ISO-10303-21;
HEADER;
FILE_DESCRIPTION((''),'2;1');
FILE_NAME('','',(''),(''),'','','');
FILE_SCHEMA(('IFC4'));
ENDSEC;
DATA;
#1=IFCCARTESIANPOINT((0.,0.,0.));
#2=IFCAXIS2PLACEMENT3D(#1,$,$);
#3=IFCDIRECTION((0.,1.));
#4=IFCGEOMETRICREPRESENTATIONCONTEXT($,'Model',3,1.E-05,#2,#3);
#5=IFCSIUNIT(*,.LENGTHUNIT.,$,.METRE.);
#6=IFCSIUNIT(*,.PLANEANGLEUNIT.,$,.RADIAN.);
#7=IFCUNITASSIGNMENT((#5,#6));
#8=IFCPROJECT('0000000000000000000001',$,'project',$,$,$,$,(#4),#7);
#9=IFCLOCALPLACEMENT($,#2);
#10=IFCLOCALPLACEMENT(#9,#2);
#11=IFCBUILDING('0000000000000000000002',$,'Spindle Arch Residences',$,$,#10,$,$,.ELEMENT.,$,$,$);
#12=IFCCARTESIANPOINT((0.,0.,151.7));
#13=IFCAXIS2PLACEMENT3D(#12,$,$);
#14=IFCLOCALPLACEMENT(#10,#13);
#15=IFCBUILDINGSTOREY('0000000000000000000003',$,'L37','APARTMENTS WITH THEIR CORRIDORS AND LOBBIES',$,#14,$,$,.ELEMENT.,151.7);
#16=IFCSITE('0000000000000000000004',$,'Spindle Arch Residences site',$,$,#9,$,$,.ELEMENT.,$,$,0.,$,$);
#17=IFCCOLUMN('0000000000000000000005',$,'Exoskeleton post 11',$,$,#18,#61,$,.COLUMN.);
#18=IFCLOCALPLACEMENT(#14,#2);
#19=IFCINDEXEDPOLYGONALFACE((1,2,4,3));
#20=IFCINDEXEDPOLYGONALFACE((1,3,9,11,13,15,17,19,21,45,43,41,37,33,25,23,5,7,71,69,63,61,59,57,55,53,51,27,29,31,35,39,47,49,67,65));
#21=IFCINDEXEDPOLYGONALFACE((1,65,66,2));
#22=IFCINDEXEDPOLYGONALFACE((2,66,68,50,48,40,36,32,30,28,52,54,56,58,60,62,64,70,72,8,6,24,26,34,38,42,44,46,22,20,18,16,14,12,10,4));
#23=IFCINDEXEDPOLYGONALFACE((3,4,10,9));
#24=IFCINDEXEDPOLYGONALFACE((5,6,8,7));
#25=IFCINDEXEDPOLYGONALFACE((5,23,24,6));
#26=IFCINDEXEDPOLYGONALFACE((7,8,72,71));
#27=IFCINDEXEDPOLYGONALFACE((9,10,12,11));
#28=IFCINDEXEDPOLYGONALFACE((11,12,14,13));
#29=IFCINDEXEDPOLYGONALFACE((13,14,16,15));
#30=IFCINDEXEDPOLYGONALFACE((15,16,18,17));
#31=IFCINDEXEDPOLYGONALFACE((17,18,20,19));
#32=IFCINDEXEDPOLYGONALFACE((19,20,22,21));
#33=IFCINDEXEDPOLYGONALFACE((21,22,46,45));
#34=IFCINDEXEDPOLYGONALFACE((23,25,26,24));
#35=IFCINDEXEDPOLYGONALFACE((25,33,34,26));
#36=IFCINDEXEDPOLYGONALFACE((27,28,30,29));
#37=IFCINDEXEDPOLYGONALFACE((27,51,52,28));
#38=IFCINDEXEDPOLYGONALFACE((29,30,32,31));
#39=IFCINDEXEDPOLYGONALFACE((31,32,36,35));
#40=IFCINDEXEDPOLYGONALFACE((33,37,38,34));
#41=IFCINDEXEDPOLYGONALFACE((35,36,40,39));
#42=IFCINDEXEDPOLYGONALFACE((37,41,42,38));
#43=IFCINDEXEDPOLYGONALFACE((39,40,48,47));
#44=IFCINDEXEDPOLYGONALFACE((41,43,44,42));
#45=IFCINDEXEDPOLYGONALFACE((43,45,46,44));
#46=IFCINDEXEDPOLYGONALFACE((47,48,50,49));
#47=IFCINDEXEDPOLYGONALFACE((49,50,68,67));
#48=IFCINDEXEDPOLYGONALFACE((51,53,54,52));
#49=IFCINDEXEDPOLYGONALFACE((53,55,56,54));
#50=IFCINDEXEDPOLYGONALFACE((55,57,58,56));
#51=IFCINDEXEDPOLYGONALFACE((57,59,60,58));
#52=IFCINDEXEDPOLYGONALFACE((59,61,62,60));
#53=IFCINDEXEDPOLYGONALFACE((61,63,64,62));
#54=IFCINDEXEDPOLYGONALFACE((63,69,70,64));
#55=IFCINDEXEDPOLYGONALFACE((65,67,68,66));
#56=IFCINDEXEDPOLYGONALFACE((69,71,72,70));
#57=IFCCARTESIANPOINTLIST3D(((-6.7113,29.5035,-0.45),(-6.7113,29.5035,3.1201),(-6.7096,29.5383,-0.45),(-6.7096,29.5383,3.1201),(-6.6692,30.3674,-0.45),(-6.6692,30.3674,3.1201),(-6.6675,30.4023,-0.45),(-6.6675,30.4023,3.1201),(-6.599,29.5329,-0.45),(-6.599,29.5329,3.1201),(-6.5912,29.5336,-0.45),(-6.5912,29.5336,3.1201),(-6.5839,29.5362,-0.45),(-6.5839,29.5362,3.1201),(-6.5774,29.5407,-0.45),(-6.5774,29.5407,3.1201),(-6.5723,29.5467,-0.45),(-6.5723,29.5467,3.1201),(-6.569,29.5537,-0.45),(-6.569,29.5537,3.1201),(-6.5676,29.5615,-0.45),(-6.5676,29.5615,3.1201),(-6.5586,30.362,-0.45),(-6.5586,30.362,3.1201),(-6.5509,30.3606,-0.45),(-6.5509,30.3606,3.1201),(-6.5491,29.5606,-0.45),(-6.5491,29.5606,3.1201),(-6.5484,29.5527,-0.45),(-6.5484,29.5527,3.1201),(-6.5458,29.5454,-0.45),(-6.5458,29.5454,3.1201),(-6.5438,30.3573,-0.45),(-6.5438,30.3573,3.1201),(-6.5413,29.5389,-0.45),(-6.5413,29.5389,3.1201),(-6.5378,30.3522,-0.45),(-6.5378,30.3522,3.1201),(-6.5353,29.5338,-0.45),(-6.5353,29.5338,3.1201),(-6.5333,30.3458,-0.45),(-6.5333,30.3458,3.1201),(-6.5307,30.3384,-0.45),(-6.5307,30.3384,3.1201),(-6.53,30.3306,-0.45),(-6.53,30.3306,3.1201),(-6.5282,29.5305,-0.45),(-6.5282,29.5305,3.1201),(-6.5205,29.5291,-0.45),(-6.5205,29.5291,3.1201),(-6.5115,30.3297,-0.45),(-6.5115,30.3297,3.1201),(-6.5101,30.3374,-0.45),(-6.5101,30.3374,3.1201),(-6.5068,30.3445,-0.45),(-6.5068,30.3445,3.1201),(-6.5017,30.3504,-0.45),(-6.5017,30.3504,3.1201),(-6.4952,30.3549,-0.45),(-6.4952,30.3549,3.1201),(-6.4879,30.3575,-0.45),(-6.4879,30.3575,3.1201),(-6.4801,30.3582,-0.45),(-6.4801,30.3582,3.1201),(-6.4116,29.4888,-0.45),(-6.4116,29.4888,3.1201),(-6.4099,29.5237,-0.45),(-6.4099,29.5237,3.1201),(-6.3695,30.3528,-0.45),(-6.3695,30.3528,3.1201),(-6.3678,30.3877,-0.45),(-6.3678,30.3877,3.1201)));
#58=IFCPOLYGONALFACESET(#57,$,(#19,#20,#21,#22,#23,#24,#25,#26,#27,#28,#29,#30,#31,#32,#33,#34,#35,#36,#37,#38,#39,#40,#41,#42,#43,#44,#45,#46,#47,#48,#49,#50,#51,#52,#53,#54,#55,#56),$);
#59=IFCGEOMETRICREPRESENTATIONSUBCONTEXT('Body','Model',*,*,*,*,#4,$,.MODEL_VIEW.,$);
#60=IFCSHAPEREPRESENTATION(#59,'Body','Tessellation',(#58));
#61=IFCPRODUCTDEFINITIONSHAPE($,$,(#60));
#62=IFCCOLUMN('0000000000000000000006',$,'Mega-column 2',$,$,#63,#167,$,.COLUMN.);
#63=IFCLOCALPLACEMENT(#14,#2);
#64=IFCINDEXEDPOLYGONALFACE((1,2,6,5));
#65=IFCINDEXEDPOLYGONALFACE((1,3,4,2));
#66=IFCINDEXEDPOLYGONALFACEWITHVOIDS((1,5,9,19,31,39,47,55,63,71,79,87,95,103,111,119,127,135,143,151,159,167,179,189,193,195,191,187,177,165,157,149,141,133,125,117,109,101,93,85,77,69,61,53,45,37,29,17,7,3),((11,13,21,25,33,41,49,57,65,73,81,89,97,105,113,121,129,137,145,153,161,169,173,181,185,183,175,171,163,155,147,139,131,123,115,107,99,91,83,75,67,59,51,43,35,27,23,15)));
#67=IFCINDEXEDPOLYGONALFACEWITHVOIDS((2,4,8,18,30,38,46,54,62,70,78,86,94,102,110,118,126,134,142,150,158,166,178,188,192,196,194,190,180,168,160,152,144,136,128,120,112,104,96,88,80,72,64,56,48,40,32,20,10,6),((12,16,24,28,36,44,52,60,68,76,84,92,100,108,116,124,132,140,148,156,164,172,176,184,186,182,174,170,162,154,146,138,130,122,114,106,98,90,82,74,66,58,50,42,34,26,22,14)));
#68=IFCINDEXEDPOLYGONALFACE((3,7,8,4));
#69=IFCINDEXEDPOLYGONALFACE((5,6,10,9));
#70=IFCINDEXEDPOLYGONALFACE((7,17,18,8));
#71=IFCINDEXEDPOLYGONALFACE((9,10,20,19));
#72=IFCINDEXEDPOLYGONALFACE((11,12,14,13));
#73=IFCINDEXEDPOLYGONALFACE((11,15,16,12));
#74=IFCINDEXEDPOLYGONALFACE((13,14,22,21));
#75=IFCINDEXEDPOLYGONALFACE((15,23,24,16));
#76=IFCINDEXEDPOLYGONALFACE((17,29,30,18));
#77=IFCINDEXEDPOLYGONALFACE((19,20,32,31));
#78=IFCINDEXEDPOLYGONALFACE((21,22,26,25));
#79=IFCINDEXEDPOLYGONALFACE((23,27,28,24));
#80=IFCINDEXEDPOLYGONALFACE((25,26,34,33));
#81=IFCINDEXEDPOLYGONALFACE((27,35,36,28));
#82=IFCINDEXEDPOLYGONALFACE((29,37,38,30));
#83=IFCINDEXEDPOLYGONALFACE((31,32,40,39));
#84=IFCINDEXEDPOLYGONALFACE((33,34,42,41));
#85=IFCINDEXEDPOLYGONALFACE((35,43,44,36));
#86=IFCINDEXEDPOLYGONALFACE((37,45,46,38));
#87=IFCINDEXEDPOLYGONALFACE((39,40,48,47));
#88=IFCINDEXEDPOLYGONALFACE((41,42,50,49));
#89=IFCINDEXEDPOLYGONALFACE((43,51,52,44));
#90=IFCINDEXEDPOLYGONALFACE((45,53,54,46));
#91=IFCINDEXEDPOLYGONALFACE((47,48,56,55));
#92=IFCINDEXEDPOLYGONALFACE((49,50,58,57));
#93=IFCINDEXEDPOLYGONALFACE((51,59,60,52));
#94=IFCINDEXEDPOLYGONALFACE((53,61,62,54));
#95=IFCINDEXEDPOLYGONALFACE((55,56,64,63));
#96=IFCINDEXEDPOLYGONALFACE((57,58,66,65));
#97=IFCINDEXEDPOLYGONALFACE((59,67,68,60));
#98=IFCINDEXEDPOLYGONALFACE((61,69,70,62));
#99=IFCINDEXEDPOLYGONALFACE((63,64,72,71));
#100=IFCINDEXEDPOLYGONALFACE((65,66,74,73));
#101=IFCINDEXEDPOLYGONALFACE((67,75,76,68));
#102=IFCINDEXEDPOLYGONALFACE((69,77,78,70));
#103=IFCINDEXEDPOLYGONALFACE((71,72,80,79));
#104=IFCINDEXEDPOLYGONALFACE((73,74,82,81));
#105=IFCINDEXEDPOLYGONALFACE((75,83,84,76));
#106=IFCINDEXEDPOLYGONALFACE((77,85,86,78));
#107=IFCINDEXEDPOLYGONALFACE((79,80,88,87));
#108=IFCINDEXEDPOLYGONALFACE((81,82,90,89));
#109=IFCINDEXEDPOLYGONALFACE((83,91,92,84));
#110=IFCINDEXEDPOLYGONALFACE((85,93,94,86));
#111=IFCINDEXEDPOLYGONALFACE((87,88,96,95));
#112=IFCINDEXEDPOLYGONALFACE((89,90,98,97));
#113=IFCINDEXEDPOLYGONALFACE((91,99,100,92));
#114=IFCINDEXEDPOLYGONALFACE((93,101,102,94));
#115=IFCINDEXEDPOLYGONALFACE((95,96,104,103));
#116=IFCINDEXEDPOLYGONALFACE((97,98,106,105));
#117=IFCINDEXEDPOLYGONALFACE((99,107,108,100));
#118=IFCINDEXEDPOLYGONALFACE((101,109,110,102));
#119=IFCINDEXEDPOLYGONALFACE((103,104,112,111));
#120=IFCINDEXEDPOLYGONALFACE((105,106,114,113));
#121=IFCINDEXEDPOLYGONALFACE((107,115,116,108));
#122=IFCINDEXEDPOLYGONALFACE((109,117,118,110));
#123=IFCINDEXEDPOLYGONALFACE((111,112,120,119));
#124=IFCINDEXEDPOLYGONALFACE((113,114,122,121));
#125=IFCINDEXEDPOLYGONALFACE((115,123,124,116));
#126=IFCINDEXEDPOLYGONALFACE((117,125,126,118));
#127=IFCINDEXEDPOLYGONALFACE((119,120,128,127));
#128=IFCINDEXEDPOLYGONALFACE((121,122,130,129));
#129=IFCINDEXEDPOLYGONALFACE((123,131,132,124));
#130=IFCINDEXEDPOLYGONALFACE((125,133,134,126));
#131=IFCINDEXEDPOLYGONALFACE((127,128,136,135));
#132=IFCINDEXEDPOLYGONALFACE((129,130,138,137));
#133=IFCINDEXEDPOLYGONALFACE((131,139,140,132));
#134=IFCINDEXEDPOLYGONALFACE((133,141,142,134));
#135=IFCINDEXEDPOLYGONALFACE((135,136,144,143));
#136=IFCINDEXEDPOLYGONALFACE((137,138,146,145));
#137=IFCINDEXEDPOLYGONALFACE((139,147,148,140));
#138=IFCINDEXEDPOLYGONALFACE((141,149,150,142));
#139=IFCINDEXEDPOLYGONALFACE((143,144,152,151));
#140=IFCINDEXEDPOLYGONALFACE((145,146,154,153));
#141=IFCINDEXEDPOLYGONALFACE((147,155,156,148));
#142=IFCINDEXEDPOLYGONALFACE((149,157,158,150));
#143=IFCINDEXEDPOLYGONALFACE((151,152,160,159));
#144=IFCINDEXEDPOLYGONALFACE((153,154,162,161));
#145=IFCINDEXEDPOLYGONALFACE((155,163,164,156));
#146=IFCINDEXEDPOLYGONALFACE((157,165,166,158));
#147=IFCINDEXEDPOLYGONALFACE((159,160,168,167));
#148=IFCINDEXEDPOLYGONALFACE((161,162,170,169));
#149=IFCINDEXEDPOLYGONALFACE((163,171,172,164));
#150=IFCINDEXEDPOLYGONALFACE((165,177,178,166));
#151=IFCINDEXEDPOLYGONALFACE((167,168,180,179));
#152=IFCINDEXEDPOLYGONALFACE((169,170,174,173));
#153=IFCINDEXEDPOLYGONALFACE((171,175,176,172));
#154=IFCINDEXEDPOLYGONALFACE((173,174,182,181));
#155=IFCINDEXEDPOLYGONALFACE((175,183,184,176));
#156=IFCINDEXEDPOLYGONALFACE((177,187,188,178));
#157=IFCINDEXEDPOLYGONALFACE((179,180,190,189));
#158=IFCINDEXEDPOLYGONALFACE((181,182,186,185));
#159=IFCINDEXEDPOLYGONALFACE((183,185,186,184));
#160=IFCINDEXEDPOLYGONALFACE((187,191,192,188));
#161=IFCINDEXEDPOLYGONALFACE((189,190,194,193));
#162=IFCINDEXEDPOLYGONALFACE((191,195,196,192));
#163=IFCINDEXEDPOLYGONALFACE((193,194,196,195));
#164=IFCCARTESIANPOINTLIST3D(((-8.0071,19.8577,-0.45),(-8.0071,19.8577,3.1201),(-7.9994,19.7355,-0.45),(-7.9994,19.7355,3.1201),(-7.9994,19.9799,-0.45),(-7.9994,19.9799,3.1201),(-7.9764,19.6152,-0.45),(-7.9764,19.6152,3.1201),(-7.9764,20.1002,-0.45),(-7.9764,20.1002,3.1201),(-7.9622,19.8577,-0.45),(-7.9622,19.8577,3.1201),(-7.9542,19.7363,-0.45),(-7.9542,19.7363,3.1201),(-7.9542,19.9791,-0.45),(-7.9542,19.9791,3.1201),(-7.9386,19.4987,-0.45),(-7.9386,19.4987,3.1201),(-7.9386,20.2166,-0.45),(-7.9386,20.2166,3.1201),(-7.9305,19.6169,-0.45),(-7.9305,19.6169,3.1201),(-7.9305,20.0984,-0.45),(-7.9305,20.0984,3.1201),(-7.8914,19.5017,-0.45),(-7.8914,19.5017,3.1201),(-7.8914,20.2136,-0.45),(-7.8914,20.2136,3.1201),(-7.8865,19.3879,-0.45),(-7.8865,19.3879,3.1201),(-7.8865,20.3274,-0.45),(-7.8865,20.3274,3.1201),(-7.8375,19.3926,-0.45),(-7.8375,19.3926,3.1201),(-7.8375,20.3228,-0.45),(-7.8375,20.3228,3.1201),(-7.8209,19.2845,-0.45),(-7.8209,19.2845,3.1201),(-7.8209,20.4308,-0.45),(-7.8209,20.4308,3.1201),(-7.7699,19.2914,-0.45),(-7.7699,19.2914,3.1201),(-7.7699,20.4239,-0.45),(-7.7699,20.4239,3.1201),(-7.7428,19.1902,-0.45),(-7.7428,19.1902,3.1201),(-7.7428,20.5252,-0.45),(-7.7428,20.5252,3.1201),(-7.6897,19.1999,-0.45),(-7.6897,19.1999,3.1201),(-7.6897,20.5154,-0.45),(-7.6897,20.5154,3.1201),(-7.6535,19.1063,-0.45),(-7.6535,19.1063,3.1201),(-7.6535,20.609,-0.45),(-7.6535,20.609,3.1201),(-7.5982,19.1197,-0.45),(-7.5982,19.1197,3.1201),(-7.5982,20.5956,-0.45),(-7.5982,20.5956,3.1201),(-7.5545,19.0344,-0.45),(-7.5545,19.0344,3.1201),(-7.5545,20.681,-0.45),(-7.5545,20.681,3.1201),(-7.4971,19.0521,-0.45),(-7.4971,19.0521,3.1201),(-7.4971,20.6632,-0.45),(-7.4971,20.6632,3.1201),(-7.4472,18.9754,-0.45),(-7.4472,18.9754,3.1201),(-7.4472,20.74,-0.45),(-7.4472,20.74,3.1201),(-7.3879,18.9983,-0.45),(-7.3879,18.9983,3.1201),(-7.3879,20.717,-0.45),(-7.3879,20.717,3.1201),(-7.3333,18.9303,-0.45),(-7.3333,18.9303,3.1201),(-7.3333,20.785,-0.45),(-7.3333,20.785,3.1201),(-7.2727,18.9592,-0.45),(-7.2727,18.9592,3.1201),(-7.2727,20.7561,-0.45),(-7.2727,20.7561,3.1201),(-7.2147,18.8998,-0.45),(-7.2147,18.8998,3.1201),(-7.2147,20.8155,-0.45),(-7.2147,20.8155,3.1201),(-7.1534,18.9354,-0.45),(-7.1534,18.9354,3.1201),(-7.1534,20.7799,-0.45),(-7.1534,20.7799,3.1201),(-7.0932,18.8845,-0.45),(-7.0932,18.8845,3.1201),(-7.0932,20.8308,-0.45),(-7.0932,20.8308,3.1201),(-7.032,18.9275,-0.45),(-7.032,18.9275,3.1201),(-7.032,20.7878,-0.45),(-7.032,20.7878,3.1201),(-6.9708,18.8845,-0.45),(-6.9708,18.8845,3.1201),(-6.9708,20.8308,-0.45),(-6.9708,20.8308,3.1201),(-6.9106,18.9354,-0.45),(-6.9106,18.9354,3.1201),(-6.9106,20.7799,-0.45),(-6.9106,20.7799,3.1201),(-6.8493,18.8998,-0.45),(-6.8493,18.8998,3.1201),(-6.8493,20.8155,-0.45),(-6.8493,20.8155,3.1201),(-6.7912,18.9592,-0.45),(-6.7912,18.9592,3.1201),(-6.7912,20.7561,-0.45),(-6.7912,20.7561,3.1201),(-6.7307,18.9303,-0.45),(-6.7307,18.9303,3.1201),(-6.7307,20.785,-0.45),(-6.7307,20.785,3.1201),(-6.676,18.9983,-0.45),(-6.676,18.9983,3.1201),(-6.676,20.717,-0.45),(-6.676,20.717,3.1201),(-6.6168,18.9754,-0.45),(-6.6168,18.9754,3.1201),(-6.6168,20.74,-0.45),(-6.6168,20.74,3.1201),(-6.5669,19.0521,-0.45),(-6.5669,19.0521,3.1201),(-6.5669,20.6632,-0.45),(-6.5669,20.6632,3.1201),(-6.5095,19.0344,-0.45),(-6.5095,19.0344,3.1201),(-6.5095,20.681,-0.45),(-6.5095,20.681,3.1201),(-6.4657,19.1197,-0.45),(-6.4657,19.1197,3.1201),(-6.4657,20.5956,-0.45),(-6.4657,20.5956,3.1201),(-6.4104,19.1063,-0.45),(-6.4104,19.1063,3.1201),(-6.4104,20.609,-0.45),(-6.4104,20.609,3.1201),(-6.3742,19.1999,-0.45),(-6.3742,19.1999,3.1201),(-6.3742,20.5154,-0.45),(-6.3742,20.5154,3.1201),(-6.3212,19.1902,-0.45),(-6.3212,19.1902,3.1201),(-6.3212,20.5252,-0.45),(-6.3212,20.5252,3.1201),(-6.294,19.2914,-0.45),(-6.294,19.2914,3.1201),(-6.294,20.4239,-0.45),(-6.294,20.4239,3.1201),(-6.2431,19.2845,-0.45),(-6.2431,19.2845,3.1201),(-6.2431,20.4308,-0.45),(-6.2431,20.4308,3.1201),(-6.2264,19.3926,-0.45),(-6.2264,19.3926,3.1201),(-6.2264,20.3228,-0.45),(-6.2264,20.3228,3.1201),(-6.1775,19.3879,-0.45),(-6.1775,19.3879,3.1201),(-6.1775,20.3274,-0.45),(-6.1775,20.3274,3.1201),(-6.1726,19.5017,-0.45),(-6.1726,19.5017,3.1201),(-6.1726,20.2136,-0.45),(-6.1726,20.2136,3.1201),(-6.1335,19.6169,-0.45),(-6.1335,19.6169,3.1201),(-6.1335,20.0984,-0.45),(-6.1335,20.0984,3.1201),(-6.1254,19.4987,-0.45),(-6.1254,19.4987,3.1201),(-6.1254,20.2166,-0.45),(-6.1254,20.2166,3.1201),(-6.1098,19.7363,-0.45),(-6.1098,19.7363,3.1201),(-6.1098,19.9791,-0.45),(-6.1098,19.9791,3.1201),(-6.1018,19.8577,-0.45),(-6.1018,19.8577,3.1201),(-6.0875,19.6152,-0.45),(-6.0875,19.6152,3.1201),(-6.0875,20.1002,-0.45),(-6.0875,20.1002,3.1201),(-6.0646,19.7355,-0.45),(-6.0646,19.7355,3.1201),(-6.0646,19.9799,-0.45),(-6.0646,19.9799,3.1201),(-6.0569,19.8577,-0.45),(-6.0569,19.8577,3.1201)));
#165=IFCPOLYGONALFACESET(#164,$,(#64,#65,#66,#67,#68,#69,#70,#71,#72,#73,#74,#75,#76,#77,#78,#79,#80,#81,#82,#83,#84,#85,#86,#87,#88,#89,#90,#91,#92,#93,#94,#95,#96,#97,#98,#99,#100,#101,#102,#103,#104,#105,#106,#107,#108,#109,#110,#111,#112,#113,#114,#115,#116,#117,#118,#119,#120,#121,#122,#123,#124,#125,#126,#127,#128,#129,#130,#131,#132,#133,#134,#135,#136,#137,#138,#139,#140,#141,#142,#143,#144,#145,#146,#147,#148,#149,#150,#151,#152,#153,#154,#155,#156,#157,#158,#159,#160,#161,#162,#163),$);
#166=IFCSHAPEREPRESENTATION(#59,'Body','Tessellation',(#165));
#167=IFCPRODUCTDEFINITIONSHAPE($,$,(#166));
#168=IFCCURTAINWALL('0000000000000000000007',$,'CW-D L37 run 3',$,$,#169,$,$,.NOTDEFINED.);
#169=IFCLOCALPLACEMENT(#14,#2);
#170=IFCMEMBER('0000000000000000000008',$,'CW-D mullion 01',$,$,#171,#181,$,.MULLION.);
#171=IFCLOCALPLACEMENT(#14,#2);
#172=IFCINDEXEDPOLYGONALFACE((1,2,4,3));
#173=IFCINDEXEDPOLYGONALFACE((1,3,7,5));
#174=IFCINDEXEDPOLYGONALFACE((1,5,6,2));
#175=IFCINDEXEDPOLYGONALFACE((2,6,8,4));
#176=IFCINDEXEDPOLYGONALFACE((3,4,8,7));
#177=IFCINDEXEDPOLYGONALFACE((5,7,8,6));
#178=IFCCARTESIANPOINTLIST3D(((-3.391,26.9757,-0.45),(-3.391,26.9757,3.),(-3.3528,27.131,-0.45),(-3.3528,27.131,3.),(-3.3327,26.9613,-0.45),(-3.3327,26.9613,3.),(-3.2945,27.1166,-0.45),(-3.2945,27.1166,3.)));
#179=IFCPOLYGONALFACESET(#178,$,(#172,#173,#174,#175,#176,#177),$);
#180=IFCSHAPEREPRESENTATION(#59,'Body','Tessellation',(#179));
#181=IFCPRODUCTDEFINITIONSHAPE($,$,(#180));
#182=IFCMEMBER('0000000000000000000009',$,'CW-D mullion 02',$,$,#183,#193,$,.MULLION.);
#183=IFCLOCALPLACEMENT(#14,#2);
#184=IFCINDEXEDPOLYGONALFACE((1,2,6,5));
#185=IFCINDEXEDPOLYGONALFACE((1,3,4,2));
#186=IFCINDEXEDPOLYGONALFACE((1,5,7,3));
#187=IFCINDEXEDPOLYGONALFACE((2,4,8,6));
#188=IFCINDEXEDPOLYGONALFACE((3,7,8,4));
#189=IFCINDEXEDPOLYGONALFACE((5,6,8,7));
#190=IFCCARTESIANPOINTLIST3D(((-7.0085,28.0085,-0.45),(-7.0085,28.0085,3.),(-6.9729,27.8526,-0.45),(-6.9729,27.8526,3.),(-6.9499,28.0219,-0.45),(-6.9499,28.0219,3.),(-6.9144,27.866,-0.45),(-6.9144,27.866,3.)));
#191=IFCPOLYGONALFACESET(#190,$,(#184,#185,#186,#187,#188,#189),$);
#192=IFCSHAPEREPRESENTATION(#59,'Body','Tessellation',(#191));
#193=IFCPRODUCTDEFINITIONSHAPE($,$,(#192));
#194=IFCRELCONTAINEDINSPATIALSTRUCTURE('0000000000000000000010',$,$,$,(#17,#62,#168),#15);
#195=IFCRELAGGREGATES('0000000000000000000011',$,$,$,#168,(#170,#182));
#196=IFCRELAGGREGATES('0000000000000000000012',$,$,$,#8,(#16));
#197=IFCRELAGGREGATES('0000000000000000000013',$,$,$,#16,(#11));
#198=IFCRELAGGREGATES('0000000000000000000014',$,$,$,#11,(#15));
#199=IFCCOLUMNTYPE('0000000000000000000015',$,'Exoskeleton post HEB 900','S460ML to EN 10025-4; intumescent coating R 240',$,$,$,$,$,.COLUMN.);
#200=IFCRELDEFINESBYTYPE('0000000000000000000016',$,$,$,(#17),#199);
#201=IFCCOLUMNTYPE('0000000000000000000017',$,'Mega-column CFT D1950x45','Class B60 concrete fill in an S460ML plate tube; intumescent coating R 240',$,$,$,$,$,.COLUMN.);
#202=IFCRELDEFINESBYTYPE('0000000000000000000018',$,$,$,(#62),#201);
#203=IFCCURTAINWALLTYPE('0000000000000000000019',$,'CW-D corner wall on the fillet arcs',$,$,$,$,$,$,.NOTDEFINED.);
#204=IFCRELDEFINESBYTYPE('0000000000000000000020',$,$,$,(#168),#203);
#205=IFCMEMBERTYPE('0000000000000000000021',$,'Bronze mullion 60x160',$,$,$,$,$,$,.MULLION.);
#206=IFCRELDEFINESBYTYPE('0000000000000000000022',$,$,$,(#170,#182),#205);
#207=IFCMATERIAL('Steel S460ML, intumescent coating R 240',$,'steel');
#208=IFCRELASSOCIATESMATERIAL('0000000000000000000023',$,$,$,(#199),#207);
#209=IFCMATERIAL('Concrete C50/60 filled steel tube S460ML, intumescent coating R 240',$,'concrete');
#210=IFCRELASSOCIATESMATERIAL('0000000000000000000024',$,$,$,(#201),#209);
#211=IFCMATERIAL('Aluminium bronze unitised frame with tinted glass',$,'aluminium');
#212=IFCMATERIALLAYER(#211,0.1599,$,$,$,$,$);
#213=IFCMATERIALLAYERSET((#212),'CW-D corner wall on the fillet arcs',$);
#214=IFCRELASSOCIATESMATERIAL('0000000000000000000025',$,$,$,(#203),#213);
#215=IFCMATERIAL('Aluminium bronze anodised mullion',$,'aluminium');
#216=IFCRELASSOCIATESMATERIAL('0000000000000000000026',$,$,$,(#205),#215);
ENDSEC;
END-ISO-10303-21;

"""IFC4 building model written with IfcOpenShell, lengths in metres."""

from ifc_helpers import new_model, si_unit, direction, frame, origin, origin_2d, place, context, subcontext, project, spatial, rectangle, hollow_circle, i_section, extrude, material, layer, layer_set, material_profile, profile_set, type_object, element, aggregate, save


model = new_model("IFC4")

# Units and contexts
model_context = context("Model", 3, precision=1e-05, world=origin(), true_north=direction((0.0, 1.0)))
body_context = subcontext(model_context, "Body", "Model", "MODEL_VIEW")
ifc_project = project(units=[si_unit("LENGTHUNIT", "METRE"), si_unit("PLANEANGLEUNIT", "RADIAN")], contexts=[model_context])

# Site, building, storey
site_placement = place(None, origin())
site = spatial("IfcSite", under=ifc_project, at=site_placement, Name="Spindle Arch Residences site", CompositionType="ELEMENT", RefElevation=0.0)
building_placement = place(site_placement, origin())
building = spatial("IfcBuilding", under=site, at=building_placement, Name="Spindle Arch Residences", CompositionType="ELEMENT")
storey_placement = place(building_placement, frame((0.0, 0.0, 151.7)))
storey = spatial("IfcBuildingStorey", under=building, at=storey_placement, Name="L37", Description="APARTMENTS WITH THEIR CORRIDORS AND LOBBIES", CompositionType="ELEMENT", Elevation=151.7)

# Columns
ifc_material_1 = material(Name="Steel S460ML, intumescent coating R 240", Category="steel")
ifc_material_profile_1 = material_profile(ifc_material_1, i_section(OverallWidth=0.3, OverallDepth=0.8999, WebThickness=0.0186, FlangeThickness=0.0349, FilletRadius=0.03, at=origin_2d()), Name="HEB 900")
ifc_profile_set_1 = profile_set([ifc_material_profile_1], Name="Steel S460ML, intumescent coating R 240")
column_type_1 = type_object("IfcColumnType", Name="Exoskeleton post HEB 900", Description="S460ML to EN 10025-4; intumescent coating R 240", PredefinedType="COLUMN", material=ifc_profile_set_1)
column_1_placement = place(storey_placement, frame((-6.5396, 29.9456, -0.45), z_axis=(0.0, 0.0, 1.0), x_axis=(0.998811, -0.048754, 0.0)))
element("IfcColumn", 1, at=column_1_placement, inside=storey, type_object=column_type_1, Name="Exoskeleton post 11", PredefinedType="COLUMN", context=body_context, shape_type="SweptSolid", body=[
    extrude(i_section(OverallWidth=0.3, OverallDepth=0.8999, WebThickness=0.0186, FlangeThickness=0.0349, FilletRadius=0.03, at=origin_2d()), origin(), (0.0, 0.0, 1.0), 3.5701),
])
ifc_material_2 = material(Name="Concrete C50/60 filled steel tube S460ML, intumescent coating R 240", Category="concrete")
ifc_material_profile_2 = material_profile(ifc_material_2, hollow_circle(Radius=0.9751, WallThickness=0.0449, at=origin_2d()), Name="CFT D1950x45")
ifc_profile_set_2 = profile_set([ifc_material_profile_2], Name="Concrete C50/60 filled steel tube S460ML, intumescent coating R 240")
column_type_2 = type_object("IfcColumnType", Name="Mega-column CFT D1950x45", Description="Class B60 concrete fill in an S460ML plate tube; intumescent coating R 240", PredefinedType="COLUMN", material=ifc_profile_set_2)
column_2_placement = place(storey_placement, frame((-7.032, 19.8577, -0.45), z_axis=(0.0, 0.0, 1.0), x_axis=(1.0, 0.0, 0.0)))
element("IfcColumn", 2, at=column_2_placement, inside=storey, type_object=column_type_2, Name="Mega-column 2", PredefinedType="COLUMN", context=body_context, shape_type="SweptSolid", body=[
    extrude(hollow_circle(Radius=0.9751, WallThickness=0.0449, at=origin_2d()), origin(), (0.0, 0.0, 1.0), 3.5701),
])

# Curtain wall, members
ifc_material_3 = material(Name="Aluminium bronze unitised frame with tinted glass", Category="aluminium")
ifc_layer_1 = layer(ifc_material_3, 0.1599)
ifc_layer_set_1 = layer_set([ifc_layer_1], Name="CW-D corner wall on the fillet arcs")
curtain_wall_type = type_object("IfcCurtainWallType", Name="CW-D corner wall on the fillet arcs", PredefinedType="NOTDEFINED", material=ifc_layer_set_1)
curtain_wall_placement = place(storey_placement, origin())
curtain_wall = element("IfcCurtainWall", 3, at=curtain_wall_placement, inside=storey, type_object=curtain_wall_type, Name="CW-D L37 run 3", PredefinedType="NOTDEFINED")
ifc_material_4 = material(Name="Aluminium bronze anodised mullion", Category="aluminium")
ifc_material_profile_3 = material_profile(ifc_material_4, rectangle(XDim=0.1599, YDim=0.0601, at=origin_2d()), Name="MU 60x160")
ifc_profile_set_3 = profile_set([ifc_material_profile_3], Name="Aluminium bronze anodised mullion")
member_type_1 = type_object("IfcMemberType", Name="Bronze mullion 60x160", PredefinedType="MULLION", material=ifc_profile_set_3)
member_1_placement = place(storey_placement, frame((-3.3428, 27.0461, -0.45), z_axis=(0.0, 0.0, 1.0), x_axis=(-0.239098, -0.970995, 0.0)))
member_1 = element("IfcMember", 4, at=member_1_placement, type_object=member_type_1, Name="CW-D mullion 01", PredefinedType="MULLION", context=body_context, shape_type="SweptSolid", body=[
    extrude(rectangle(XDim=0.1599, YDim=0.0601, at=origin_2d()), origin(), (0.0, 0.0, 1.0), 3.45),
])
member_2_placement = place(storey_placement, frame((-6.9614, 27.9373, -0.45), z_axis=(0.0, 0.0, 1.0), x_axis=(0.222116, -0.97502, 0.0)))
member_2 = element("IfcMember", 5, at=member_2_placement, type_object=member_type_1, Name="CW-D mullion 02", PredefinedType="MULLION", context=body_context, shape_type="SweptSolid", body=[
    extrude(rectangle(XDim=0.1599, YDim=0.0601, at=origin_2d()), origin(), (0.0, 0.0, 1.0), 3.45),
])

aggregate(curtain_wall, [member_1, member_2])

save(model, "model.ifc")
